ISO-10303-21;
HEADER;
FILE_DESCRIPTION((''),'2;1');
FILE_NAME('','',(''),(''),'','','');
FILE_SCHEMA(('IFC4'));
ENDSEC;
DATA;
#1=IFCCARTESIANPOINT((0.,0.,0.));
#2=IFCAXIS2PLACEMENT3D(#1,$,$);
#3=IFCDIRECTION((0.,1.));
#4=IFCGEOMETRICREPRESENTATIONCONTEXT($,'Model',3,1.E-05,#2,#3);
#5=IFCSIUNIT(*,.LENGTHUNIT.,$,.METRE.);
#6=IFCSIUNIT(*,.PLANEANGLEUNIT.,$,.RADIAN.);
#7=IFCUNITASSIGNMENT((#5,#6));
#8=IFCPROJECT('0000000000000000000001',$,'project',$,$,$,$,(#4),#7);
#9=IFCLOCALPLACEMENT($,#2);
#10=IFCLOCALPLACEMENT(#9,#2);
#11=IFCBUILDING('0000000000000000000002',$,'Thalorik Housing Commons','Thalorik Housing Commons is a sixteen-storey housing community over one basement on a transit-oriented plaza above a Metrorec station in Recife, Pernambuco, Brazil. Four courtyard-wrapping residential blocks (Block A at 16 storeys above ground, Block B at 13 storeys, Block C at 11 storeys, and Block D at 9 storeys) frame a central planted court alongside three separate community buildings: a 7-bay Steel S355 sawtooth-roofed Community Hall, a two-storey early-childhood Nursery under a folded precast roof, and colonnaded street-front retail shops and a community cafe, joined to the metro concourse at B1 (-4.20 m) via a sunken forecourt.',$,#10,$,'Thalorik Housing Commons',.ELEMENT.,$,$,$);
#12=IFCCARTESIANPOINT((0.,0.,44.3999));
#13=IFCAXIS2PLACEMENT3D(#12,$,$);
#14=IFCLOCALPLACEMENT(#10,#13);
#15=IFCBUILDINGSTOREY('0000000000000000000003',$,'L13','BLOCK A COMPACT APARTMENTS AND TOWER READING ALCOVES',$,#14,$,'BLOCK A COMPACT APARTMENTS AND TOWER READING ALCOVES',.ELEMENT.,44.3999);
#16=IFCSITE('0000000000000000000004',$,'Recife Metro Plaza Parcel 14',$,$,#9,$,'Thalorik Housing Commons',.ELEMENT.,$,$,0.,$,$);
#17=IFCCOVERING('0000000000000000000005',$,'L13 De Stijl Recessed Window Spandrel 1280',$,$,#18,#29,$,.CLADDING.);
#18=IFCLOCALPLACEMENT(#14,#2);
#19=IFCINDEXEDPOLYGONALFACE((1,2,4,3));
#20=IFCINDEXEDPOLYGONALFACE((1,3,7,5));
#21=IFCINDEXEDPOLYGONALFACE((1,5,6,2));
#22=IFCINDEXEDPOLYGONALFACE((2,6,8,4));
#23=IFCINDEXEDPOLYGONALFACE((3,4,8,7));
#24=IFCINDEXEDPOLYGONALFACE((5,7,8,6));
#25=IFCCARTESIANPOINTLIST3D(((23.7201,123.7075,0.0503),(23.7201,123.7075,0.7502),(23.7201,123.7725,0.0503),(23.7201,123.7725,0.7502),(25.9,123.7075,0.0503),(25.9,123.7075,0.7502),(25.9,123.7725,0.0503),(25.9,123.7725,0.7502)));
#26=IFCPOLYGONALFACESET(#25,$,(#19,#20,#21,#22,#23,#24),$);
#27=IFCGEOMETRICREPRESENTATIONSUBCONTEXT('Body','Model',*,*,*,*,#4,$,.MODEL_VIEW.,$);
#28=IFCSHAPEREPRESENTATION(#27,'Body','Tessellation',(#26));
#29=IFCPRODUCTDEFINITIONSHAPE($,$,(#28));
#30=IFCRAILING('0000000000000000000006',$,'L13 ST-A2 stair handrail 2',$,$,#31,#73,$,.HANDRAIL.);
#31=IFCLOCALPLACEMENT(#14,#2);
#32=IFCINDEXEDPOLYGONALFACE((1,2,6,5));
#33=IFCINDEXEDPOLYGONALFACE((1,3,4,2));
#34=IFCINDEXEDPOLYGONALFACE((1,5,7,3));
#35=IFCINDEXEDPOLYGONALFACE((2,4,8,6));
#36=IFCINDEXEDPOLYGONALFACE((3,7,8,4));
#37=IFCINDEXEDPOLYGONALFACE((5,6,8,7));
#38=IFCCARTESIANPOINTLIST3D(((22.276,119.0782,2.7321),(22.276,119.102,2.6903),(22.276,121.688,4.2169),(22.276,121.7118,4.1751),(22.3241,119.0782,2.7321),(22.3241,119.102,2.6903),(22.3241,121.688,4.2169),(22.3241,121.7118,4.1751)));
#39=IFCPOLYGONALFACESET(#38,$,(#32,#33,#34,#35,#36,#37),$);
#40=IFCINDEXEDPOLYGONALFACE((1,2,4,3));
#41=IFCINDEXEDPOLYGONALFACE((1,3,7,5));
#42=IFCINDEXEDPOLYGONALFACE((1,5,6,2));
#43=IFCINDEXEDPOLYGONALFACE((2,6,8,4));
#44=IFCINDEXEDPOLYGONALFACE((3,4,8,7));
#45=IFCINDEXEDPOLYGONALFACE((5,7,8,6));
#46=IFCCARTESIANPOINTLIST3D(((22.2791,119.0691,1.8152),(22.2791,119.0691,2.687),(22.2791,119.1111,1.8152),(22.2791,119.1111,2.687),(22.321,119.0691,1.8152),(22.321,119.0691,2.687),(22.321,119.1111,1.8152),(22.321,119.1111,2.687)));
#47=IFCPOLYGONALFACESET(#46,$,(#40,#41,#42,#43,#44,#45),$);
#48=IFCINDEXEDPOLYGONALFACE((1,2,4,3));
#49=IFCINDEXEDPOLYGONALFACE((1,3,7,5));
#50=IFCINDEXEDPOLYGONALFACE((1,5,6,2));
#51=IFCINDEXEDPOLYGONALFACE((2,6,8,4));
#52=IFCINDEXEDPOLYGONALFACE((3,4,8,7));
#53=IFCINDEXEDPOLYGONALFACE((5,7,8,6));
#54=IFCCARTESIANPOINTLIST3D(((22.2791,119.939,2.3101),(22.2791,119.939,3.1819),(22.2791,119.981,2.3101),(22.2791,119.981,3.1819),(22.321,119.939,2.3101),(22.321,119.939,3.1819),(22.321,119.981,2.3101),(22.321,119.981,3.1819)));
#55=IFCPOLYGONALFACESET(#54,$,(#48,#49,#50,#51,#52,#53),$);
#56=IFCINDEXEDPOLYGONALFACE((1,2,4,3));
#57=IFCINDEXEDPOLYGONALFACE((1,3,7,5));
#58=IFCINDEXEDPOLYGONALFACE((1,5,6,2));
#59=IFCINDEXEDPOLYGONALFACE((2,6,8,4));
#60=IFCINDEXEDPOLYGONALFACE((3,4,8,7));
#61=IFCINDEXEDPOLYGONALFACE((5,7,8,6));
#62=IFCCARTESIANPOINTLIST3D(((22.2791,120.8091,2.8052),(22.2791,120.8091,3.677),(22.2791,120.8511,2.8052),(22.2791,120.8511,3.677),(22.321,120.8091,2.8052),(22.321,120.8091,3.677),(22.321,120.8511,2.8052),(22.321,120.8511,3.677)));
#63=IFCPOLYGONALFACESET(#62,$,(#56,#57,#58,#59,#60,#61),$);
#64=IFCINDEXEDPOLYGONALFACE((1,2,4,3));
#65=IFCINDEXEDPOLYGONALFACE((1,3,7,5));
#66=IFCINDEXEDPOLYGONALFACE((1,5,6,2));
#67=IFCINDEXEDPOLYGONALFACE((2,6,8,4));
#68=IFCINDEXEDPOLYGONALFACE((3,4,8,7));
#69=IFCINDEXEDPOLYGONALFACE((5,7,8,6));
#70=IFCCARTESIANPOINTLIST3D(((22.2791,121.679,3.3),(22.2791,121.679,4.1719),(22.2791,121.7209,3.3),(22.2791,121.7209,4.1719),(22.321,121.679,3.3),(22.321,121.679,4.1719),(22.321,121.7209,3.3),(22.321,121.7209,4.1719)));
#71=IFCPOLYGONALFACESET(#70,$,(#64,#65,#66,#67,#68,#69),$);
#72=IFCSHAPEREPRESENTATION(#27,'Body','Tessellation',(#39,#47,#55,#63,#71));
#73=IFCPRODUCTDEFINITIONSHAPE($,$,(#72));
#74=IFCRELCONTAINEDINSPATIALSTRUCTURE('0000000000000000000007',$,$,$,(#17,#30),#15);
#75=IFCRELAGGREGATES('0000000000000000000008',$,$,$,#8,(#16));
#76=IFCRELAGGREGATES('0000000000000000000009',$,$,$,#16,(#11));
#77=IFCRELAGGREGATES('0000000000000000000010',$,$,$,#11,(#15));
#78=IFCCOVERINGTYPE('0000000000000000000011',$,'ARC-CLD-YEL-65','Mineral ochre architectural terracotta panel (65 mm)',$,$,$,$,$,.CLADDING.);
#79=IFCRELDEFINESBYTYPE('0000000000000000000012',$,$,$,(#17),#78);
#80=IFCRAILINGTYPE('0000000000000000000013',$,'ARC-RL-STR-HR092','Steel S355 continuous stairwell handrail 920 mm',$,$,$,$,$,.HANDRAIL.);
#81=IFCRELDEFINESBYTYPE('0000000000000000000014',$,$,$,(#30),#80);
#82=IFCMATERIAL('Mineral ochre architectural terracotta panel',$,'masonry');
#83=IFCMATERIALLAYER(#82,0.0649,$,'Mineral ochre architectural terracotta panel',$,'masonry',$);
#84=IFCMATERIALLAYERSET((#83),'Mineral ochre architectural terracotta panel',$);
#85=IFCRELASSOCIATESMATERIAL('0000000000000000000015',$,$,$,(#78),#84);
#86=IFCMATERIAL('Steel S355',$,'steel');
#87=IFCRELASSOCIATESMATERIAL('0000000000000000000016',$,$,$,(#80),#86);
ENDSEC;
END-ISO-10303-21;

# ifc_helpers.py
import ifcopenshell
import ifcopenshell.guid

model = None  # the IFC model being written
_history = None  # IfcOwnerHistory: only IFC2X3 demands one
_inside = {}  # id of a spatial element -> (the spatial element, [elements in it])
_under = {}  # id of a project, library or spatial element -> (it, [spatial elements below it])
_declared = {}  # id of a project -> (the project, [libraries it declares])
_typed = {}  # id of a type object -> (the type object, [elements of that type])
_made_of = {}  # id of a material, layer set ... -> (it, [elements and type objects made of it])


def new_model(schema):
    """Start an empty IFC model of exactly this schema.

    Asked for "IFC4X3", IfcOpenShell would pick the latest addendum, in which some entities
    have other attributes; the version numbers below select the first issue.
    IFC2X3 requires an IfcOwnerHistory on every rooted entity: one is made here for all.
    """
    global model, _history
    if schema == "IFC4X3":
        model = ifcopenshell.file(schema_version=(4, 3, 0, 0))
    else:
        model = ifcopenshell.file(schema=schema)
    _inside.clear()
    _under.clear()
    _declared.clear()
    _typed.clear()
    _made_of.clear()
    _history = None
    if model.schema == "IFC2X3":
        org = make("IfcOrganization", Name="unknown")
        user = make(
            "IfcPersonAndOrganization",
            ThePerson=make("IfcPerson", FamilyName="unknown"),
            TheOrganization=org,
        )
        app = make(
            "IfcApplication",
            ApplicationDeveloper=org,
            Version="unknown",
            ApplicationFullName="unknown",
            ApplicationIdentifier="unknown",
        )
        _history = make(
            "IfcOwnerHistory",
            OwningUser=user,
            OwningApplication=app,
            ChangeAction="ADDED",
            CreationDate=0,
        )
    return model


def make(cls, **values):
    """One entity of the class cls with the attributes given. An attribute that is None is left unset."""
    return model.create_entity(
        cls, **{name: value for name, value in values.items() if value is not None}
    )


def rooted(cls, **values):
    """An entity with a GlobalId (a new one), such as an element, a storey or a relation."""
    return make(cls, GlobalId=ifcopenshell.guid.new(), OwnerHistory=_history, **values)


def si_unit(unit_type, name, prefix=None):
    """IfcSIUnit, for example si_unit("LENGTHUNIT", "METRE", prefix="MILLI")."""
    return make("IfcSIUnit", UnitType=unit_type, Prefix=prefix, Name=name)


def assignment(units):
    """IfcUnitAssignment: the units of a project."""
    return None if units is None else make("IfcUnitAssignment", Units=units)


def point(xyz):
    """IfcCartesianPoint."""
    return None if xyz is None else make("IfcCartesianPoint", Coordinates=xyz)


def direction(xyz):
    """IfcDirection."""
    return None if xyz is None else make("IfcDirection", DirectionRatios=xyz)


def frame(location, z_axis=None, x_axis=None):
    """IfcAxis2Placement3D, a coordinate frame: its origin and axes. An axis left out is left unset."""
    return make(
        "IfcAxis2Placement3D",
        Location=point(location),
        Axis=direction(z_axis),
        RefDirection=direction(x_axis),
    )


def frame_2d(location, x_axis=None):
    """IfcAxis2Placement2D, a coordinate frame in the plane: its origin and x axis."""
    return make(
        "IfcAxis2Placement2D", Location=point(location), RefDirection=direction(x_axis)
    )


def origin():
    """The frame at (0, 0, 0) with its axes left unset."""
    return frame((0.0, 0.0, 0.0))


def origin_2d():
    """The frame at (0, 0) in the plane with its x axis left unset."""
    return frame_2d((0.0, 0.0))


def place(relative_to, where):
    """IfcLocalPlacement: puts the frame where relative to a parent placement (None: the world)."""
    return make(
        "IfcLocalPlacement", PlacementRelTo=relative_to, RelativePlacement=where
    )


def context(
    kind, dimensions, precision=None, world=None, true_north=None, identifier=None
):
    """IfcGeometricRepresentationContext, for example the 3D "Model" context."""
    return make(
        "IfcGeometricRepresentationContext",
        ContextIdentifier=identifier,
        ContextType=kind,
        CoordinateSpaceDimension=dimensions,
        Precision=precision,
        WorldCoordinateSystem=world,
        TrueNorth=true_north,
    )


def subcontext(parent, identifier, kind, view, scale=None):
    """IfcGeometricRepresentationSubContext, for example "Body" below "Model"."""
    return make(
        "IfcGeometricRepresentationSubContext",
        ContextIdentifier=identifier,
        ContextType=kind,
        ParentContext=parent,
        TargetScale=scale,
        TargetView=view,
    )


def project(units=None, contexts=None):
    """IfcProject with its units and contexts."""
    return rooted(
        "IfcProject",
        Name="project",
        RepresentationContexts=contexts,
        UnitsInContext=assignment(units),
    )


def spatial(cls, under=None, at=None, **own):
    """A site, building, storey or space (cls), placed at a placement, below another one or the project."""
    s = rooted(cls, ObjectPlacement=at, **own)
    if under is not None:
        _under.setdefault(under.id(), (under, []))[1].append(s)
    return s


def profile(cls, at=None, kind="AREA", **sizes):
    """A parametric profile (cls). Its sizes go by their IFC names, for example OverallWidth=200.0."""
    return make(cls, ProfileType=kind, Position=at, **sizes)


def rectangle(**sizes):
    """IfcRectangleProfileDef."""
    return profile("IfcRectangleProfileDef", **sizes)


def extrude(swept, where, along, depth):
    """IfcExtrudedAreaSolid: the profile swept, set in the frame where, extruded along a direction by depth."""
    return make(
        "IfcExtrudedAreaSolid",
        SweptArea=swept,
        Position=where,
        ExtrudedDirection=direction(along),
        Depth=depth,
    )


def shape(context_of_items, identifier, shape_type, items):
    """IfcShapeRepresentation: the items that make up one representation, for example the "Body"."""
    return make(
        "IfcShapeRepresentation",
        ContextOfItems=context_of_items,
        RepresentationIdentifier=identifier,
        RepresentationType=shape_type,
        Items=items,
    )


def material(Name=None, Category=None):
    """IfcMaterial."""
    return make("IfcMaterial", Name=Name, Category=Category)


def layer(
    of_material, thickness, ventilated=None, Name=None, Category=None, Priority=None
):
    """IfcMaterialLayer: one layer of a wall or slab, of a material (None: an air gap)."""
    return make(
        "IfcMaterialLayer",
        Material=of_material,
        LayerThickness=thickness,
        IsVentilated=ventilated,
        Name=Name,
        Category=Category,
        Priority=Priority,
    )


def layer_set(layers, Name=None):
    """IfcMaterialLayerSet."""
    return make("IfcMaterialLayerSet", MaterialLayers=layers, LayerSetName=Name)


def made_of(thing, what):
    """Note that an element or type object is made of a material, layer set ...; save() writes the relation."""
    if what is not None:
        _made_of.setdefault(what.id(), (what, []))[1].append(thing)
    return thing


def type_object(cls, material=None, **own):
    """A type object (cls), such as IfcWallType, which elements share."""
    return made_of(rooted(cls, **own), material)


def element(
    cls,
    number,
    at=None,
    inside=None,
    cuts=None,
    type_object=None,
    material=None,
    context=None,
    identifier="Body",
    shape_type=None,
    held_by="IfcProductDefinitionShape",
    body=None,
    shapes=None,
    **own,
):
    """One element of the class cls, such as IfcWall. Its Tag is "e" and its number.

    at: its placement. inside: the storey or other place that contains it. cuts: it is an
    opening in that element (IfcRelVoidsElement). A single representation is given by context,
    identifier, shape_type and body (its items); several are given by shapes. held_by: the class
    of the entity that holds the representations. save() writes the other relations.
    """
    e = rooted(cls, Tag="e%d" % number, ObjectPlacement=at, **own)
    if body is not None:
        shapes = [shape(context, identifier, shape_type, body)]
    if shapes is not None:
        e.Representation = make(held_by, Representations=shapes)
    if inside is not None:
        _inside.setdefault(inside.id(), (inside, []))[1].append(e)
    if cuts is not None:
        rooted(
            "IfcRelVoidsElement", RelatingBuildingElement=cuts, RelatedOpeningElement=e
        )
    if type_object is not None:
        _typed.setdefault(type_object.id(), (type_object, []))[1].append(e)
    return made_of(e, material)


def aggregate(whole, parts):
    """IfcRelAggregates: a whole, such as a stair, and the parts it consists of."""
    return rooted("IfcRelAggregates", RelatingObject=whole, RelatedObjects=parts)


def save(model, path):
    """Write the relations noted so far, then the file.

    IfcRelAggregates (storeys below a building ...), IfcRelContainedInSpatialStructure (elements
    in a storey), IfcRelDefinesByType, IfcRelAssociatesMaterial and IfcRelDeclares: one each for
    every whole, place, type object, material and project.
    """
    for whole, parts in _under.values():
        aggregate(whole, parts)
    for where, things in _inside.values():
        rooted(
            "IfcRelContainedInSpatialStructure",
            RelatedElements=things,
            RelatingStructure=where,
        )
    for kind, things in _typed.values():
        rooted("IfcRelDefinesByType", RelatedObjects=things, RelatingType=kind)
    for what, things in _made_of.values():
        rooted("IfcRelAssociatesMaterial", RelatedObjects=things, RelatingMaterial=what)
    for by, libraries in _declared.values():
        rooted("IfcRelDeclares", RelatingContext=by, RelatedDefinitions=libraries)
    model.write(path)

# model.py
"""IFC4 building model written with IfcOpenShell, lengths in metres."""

from ifc_helpers import new_model, si_unit, direction, frame, origin, origin_2d, place, context, subcontext, project, spatial, rectangle, extrude, material, layer, layer_set, type_object, element, save


model = new_model("IFC4")

# Units and contexts
model_context = context("Model", 3, precision=1e-05, world=origin(), true_north=direction((0.0, 1.0)))
body_context = subcontext(model_context, "Body", "Model", "MODEL_VIEW")
ifc_project = project(units=[si_unit("LENGTHUNIT", "METRE"), si_unit("PLANEANGLEUNIT", "RADIAN")], contexts=[model_context])

# Site, building, storey
site_placement = place(None, origin())
site = spatial("IfcSite", under=ifc_project, at=site_placement, Name="Recife Metro Plaza Parcel 14", LongName="Thalorik Housing Commons", CompositionType="ELEMENT", RefElevation=0.0)
building_placement = place(site_placement, origin())
building = spatial("IfcBuilding", under=site, at=building_placement, Name="Thalorik Housing Commons", Description="Thalorik Housing Commons is a sixteen-storey housing community over one basement on a transit-oriented plaza above a Metrorec station in Recife, Pernambuco, Brazil. Four courtyard-wrapping residential blocks (Block A at 16 storeys above ground, Block B at 13 storeys, Block C at 11 storeys, and Block D at 9 storeys) frame a central planted court alongside three separate community buildings: a 7-bay Steel S355 sawtooth-roofed Community Hall, a two-storey early-childhood Nursery under a folded precast roof, and colonnaded street-front retail shops and a community cafe, joined to the metro concourse at B1 (-4.20 m) via a sunken forecourt.", LongName="Thalorik Housing Commons", CompositionType="ELEMENT")
storey_placement = place(building_placement, frame((0.0, 0.0, 44.3999)))
storey = spatial("IfcBuildingStorey", under=building, at=storey_placement, Name="L13", Description="BLOCK A COMPACT APARTMENTS AND TOWER READING ALCOVES", LongName="BLOCK A COMPACT APARTMENTS AND TOWER READING ALCOVES", CompositionType="ELEMENT", Elevation=44.3999)

# Covering
ifc_material_1 = material(Name="Mineral ochre architectural terracotta panel", Category="masonry")
ifc_layer_1 = layer(ifc_material_1, 0.0649, Name="Mineral ochre architectural terracotta panel", Category="masonry")
ifc_layer_set_1 = layer_set([ifc_layer_1], Name="Mineral ochre architectural terracotta panel")
covering_type_1 = type_object("IfcCoveringType", Name="ARC-CLD-YEL-65", Description="Mineral ochre architectural terracotta panel (65 mm)", PredefinedType="CLADDING", material=ifc_layer_set_1)
covering_1_placement = place(storey_placement, frame((24.8101, 123.74, 0.0503), z_axis=(0.0, 0.0, 1.0), x_axis=(-1.0, 0.0, 0.0)))
element("IfcCovering", 1, at=covering_1_placement, inside=storey, type_object=covering_type_1, Name="L13 De Stijl Recessed Window Spandrel 1280", PredefinedType="CLADDING", context=body_context, shape_type="SweptSolid", body=[
    extrude(rectangle(XDim=2.1799, YDim=0.0649, at=origin_2d()), origin(), (0.0, 0.0, 1.0), 0.7),
])

# Railing
ifc_material_2 = material(Name="Steel S355", Category="steel")
railing_type_1 = type_object("IfcRailingType", Name="ARC-RL-STR-HR092", Description="Steel S355 continuous stairwell handrail 920 mm", PredefinedType="HANDRAIL", material=ifc_material_2)
railing_1_placement = place(storey_placement, frame((22.3, 119.0901, 1.8152)))
element("IfcRailing", 2, at=railing_1_placement, inside=storey, type_object=railing_type_1, Name="L13 ST-A2 stair handrail 2", PredefinedType="HANDRAIL", context=body_context, shape_type="SweptSolid", body=[
    extrude(rectangle(XDim=0.0481, YDim=0.0481, at=origin_2d()), frame((0.0, 0.0, 0.896), z_axis=(0.0, 0.869172, 0.494509), x_axis=(-1.0, 0.0, 0.0)), (0.0, 0.0, 1.0), 3.0027),
    extrude(rectangle(XDim=0.042, YDim=0.042, at=origin_2d()), origin(), (0.0, 0.0, 1.0), 0.8718),
    extrude(rectangle(XDim=0.042, YDim=0.042, at=origin_2d()), frame((0.0, 0.8699, 0.4949)), (0.0, 0.0, 1.0), 0.8718),
    extrude(rectangle(XDim=0.042, YDim=0.042, at=origin_2d()), frame((0.0, 1.74, 0.99)), (0.0, 0.0, 1.0), 0.8718),
    extrude(rectangle(XDim=0.042, YDim=0.042, at=origin_2d()), frame((0.0, 2.6099, 1.4849)), (0.0, 0.0, 1.0), 0.8718),
])

save(model, "model.ifc")
